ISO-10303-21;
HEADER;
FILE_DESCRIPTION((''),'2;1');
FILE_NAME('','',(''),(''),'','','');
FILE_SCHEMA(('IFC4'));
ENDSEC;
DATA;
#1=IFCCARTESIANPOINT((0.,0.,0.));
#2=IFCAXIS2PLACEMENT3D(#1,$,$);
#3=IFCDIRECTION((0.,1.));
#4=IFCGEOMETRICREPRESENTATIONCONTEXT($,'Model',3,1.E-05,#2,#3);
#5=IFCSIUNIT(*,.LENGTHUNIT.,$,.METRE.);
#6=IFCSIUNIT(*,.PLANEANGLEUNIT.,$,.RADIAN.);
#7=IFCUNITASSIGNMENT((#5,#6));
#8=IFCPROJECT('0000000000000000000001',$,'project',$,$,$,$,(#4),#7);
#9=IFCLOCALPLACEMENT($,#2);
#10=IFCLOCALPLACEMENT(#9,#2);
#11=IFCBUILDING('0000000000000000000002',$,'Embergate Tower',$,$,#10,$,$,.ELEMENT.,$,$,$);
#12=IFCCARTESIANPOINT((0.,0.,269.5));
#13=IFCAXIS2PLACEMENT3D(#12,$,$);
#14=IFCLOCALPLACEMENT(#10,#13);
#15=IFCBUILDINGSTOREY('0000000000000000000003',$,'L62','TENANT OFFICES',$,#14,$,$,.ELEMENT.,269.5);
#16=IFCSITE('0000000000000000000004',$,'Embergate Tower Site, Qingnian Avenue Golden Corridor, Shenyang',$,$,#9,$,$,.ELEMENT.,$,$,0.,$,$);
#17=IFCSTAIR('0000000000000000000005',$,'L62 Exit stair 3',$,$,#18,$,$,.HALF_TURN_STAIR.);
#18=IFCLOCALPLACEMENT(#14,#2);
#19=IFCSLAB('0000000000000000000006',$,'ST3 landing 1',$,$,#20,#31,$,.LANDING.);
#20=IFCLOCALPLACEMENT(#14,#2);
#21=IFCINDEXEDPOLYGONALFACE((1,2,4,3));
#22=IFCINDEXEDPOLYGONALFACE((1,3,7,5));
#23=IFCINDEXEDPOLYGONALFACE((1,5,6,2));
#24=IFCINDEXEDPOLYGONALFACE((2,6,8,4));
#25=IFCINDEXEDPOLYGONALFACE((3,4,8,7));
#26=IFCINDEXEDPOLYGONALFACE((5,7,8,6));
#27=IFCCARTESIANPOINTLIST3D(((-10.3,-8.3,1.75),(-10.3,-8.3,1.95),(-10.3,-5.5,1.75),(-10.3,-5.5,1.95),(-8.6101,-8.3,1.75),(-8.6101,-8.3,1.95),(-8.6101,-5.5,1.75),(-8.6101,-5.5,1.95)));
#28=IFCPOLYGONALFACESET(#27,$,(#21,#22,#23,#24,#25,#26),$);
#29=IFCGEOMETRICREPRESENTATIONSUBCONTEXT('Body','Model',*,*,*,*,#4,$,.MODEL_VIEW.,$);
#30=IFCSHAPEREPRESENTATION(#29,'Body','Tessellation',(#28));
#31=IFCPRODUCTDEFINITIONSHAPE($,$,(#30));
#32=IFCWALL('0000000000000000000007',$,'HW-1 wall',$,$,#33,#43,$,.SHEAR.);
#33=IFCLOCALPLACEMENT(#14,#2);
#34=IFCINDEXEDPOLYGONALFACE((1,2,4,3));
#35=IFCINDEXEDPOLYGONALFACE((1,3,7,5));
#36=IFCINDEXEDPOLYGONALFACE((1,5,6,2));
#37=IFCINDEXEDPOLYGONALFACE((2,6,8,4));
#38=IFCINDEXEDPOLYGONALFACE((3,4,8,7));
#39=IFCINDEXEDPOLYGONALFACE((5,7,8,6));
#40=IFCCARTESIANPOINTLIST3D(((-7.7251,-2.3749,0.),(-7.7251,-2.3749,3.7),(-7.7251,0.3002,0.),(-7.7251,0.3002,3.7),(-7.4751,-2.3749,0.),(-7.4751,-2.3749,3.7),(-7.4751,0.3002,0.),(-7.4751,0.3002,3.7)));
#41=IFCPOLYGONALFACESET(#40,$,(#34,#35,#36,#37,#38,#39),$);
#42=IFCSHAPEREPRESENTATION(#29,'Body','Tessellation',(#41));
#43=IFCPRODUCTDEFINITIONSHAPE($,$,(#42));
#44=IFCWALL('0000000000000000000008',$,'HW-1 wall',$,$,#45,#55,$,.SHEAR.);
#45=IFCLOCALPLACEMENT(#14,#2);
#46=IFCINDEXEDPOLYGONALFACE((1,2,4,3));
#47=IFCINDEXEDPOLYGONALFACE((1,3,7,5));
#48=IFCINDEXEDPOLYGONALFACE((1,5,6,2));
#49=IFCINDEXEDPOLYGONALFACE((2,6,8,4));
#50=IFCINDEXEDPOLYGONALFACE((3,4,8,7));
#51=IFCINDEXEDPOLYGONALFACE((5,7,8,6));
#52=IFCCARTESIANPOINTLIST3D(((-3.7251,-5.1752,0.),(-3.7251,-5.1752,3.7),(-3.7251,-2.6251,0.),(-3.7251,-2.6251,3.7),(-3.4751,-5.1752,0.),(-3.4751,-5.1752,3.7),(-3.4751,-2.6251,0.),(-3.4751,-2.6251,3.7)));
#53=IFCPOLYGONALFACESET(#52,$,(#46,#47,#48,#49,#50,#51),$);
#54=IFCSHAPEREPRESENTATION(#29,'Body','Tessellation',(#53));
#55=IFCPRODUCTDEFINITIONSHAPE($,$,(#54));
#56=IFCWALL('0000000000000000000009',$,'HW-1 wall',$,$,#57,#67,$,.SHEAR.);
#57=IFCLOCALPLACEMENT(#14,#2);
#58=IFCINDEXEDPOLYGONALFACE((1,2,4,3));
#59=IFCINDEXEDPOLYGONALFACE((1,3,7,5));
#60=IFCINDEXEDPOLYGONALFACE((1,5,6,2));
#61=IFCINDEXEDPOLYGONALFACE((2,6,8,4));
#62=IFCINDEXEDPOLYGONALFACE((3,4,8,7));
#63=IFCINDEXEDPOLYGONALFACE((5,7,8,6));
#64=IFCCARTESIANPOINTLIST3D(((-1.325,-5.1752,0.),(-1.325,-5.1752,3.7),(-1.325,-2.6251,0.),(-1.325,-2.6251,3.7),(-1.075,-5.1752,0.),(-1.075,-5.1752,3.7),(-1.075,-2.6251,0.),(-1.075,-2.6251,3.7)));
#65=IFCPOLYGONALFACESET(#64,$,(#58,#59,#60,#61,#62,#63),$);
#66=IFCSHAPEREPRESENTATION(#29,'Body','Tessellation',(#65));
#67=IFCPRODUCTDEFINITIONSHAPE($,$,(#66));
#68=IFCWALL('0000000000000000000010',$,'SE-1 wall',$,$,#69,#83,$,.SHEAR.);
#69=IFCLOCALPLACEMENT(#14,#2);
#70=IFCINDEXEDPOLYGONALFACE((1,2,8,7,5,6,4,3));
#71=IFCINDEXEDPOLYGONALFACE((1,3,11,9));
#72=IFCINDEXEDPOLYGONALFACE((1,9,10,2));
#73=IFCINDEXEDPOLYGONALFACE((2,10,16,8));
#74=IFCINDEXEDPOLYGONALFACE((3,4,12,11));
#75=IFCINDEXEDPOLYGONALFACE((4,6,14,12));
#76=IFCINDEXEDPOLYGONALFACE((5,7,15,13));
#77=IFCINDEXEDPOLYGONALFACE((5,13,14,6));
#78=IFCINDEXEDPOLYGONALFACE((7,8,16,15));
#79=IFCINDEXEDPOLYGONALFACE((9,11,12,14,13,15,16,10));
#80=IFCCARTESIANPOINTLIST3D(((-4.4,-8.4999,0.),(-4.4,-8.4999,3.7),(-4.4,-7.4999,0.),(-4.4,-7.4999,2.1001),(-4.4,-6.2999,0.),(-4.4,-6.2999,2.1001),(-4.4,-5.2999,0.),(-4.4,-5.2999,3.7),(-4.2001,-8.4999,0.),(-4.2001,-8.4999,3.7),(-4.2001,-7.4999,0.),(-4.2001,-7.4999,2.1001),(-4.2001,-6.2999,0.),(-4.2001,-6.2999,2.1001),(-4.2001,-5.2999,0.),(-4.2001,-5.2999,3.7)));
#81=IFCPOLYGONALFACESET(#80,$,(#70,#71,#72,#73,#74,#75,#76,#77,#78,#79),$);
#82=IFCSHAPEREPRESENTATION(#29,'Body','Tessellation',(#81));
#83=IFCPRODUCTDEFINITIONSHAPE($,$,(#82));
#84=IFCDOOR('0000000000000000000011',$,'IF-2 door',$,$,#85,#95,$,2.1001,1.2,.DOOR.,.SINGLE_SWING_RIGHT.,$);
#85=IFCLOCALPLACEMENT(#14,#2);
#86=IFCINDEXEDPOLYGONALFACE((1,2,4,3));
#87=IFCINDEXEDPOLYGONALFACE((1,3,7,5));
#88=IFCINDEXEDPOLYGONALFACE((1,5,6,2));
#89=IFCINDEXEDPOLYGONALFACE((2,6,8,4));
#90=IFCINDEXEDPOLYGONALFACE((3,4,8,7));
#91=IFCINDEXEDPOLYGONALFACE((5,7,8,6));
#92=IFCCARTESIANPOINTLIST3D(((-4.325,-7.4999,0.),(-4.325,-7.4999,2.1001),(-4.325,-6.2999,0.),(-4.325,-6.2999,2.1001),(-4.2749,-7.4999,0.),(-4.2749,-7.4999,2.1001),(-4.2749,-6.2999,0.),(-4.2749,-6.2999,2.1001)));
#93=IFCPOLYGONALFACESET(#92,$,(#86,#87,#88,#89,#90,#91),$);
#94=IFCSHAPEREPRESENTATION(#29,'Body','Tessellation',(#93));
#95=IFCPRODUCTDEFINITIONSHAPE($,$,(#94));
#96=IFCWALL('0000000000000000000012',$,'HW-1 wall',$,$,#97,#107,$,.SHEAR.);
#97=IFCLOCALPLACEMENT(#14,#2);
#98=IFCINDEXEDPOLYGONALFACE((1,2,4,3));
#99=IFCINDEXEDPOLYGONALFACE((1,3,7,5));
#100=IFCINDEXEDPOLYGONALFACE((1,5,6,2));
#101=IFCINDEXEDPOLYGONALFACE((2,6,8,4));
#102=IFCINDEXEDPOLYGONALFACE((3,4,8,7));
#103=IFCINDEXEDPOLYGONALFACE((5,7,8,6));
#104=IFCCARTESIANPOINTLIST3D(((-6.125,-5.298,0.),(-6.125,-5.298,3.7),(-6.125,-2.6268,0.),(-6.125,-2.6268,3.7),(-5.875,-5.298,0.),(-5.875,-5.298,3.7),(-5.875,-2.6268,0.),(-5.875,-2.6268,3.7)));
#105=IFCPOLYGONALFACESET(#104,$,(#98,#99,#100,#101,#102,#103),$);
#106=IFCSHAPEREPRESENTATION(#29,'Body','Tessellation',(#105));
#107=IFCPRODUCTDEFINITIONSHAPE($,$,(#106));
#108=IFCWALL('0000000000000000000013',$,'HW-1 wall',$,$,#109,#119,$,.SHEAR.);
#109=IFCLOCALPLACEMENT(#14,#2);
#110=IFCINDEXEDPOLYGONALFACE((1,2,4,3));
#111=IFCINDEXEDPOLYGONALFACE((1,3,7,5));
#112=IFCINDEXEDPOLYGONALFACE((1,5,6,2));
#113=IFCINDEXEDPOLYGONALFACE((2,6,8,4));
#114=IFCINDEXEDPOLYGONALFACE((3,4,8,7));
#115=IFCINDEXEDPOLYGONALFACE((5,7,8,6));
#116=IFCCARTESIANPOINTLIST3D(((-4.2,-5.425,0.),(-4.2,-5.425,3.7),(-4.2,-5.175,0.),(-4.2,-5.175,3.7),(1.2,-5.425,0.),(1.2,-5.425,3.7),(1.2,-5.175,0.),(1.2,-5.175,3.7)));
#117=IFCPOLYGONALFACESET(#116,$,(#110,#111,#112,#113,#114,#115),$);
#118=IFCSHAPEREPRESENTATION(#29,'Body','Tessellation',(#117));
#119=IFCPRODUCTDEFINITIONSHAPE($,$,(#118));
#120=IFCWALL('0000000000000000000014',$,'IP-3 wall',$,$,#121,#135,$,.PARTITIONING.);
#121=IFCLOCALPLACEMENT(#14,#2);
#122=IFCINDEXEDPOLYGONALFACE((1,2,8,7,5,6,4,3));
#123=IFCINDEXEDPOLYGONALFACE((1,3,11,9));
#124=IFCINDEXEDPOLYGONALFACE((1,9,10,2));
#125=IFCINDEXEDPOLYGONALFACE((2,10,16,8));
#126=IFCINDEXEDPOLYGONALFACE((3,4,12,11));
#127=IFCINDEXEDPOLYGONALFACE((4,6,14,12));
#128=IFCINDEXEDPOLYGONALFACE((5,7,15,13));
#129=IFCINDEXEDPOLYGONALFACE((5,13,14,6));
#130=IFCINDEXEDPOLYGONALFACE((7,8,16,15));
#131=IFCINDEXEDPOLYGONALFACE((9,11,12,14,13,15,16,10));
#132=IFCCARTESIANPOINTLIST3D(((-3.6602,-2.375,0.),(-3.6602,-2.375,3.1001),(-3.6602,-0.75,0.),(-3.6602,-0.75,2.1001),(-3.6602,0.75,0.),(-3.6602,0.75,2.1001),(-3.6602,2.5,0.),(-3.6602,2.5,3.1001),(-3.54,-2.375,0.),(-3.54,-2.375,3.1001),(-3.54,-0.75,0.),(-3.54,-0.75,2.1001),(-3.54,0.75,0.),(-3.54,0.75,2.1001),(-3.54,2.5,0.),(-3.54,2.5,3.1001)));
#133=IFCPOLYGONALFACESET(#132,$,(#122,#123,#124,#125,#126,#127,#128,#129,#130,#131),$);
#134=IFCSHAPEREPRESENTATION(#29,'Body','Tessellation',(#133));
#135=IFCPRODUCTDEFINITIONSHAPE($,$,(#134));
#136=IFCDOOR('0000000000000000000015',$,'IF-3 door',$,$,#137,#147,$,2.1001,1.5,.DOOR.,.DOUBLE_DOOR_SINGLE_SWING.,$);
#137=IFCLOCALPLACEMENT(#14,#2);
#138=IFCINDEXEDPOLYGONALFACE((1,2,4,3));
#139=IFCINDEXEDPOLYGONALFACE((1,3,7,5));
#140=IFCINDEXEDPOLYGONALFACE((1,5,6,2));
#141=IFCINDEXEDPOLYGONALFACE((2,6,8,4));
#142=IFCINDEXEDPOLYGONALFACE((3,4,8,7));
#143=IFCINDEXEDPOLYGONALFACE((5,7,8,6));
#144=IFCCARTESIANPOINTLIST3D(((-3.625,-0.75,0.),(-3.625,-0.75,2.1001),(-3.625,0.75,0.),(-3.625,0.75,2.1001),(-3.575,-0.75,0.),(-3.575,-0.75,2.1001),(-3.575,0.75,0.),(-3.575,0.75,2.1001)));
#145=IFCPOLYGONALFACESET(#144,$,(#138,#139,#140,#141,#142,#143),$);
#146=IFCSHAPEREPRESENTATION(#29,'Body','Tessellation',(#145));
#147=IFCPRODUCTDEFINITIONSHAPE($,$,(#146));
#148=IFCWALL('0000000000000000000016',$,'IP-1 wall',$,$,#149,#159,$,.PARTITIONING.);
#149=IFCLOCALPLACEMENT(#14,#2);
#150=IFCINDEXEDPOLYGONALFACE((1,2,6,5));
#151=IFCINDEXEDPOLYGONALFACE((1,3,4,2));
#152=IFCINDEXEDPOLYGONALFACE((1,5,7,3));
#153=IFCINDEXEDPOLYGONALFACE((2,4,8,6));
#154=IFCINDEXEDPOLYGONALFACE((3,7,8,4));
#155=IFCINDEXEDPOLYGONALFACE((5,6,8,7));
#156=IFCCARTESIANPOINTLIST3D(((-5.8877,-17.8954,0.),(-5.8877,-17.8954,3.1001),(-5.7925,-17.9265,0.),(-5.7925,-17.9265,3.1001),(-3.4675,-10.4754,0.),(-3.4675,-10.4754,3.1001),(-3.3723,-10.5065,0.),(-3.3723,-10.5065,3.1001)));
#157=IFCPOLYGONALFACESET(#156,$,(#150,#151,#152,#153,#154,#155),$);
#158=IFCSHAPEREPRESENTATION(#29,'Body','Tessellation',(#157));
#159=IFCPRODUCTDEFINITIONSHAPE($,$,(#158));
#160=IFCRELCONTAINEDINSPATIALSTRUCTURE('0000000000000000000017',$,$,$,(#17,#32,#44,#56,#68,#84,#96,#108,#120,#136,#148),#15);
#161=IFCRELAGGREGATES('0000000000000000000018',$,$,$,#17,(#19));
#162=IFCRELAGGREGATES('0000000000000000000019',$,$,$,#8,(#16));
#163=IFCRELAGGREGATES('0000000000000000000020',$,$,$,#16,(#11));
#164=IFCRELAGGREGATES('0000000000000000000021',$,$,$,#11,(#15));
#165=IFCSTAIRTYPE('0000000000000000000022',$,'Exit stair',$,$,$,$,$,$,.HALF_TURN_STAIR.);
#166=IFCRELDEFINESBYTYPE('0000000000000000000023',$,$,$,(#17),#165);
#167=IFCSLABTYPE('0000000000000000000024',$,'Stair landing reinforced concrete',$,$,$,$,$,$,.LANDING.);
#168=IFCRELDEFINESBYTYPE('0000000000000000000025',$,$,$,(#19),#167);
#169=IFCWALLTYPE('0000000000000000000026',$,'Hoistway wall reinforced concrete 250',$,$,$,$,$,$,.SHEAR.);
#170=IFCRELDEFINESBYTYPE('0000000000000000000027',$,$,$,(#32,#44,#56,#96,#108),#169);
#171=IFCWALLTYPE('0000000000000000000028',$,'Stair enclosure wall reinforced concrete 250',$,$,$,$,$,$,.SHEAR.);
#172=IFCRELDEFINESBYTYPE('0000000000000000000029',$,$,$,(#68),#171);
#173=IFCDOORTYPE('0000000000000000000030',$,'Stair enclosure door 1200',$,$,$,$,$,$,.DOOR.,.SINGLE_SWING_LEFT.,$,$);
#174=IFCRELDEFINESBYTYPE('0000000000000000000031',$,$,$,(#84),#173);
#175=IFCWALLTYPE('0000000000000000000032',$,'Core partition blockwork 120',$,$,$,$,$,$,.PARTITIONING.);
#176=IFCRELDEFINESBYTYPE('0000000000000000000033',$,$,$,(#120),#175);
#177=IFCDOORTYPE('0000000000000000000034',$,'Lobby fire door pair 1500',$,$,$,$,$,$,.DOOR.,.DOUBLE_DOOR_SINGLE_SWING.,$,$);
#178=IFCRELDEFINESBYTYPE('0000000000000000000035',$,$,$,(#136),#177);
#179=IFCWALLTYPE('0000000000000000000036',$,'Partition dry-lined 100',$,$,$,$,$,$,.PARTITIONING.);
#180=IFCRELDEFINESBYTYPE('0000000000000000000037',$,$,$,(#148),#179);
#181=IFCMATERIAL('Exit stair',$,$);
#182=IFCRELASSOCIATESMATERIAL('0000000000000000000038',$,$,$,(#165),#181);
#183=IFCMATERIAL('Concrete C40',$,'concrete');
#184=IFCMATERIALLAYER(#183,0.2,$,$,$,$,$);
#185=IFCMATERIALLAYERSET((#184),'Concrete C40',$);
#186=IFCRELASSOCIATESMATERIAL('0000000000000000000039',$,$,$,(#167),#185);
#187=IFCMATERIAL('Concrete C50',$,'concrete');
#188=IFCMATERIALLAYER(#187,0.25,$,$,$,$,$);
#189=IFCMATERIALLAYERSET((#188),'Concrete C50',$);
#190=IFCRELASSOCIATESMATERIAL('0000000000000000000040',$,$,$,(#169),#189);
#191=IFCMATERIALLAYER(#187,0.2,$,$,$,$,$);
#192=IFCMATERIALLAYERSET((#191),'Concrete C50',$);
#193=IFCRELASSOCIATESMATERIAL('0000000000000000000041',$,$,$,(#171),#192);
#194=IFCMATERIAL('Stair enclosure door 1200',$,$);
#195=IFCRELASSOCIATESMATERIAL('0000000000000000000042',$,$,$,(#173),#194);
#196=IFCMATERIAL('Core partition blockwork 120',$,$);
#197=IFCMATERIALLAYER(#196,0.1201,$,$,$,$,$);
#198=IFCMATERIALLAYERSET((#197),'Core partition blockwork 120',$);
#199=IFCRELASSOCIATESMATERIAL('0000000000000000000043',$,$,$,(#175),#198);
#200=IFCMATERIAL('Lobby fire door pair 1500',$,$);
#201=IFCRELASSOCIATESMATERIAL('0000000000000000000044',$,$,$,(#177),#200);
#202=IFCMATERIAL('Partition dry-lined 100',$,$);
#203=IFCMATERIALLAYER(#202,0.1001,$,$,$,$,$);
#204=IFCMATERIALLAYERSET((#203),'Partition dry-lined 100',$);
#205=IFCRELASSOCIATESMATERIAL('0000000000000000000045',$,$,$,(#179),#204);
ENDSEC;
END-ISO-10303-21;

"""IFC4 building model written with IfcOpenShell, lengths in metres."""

from ifc_helpers import new_model, si_unit, direction, frame, frame_2d, origin, place, context, subcontext, project, spatial, polyline, rectangle, outline, extrude, source, transform, mapped, material, layer, layer_set, type_object, element, fill, aggregate, save


model = new_model("IFC4")

# Units and contexts
model_context = context("Model", 3, precision=1e-05, world=origin(), true_north=direction((0.0, 1.0)))
body_context = subcontext(model_context, "Body", "Model", "MODEL_VIEW")
ifc_project = project(units=[si_unit("LENGTHUNIT", "METRE"), si_unit("PLANEANGLEUNIT", "RADIAN")], contexts=[model_context])

# Site, building, storey
site_placement = place(None, origin())
site = spatial("IfcSite", under=ifc_project, at=site_placement, Name="Embergate Tower Site, Qingnian Avenue Golden Corridor, Shenyang", CompositionType="ELEMENT", RefElevation=0.0)
building_placement = place(site_placement, origin())
building = spatial("IfcBuilding", under=site, at=building_placement, Name="Embergate Tower", CompositionType="ELEMENT")
storey_placement = place(building_placement, frame((0.0, 0.0, 269.5)))
storey = spatial("IfcBuildingStorey", under=building, at=storey_placement, Name="L62", Description="TENANT OFFICES", CompositionType="ELEMENT", Elevation=269.5)

# Stair, slab
ifc_material_1 = material(Name="Exit stair")
stair_type = type_object("IfcStairType", Name="Exit stair", PredefinedType="HALF_TURN_STAIR", material=ifc_material_1)
stair_placement = place(storey_placement, origin())
stair = element("IfcStair", 1, at=stair_placement, inside=storey, type_object=stair_type, Name="L62 Exit stair 3", PredefinedType="HALF_TURN_STAIR")
ifc_material_2 = material(Name="Concrete C40", Category="concrete")
ifc_layer_1 = layer(ifc_material_2, 0.2)
ifc_layer_set_1 = layer_set([ifc_layer_1], Name="Concrete C40")
slab_type = type_object("IfcSlabType", Name="Stair landing reinforced concrete", PredefinedType="LANDING", material=ifc_layer_set_1)
shared_shape_1 = source(origin(), body_context, "Body", "SweptSolid", [
    extrude(outline(polyline([(0.0, 0.0), (1.6899, 0.0), (1.6899, 2.8), (0.0, 2.8), (0.0, 0.0)])), origin(), (0.0, 0.0, 1.0), 0.2),
])
slab_placement = place(storey_placement, frame((-10.3, -8.3, 1.75)))
slab = element("IfcSlab", 2, at=slab_placement, type_object=slab_type, Name="ST3 landing 1", PredefinedType="LANDING", context=body_context, shape_type="MappedRepresentation", body=[
    mapped(shared_shape_1, transform((0.0, 0.0, 0.0))),
])

# Walls
ifc_material_3 = material(Name="Concrete C50", Category="concrete")
ifc_layer_2 = layer(ifc_material_3, 0.25)
ifc_layer_set_2 = layer_set([ifc_layer_2], Name="Concrete C50")
wall_type_1 = type_object("IfcWallType", Name="Hoistway wall reinforced concrete 250", PredefinedType="SHEAR", material=ifc_layer_set_2)
shared_shape_2 = source(origin(), body_context, "Body", "SweptSolid", [
    extrude(rectangle(XDim=2.675, YDim=0.25, at=frame_2d((1.3374, 0.0))), origin(), (0.0, 0.0, 1.0), 3.7),
])
wall_1_placement = place(storey_placement, frame((-7.6001, 0.3, 0.0), z_axis=(0.0, 0.0, 1.0), x_axis=(0.0, -1.0, 0.0)))
element("IfcWall", 3, at=wall_1_placement, inside=storey, type_object=wall_type_1, Name="HW-1 wall", PredefinedType="SHEAR", context=body_context, shape_type="MappedRepresentation", body=[
    mapped(shared_shape_2, transform((0.0, 0.0, 0.0))),
])
shared_shape_3 = source(origin(), body_context, "Body", "SweptSolid", [
    extrude(rectangle(XDim=2.55, YDim=0.25, at=frame_2d((1.2749, 0.0))), origin(), (0.0, 0.0, 1.0), 3.7),
])
for number, where, z_axis, x_axis, name in (
    (4, (-3.6001, -5.175, 0.0), (0.0, 0.0, 1.0), (0.0, 1.0, 0.0), "HW-1 wall"),
    (5, (-1.2, -5.175, 0.0), (0.0, 0.0, 1.0), (0.0, 1.0, 0.0), "HW-1 wall"),
):
    element("IfcWall", number, at=place(storey_placement, frame(where, z_axis=z_axis, x_axis=x_axis)), inside=storey, type_object=wall_type_1, Name=name, PredefinedType="SHEAR", context=body_context, shape_type="MappedRepresentation", body=[
        mapped(shared_shape_3, transform((0.0, 0.0, 0.0))),
    ])

# Wall, opening, door
ifc_layer_3 = layer(ifc_material_3, 0.2)
ifc_layer_set_3 = layer_set([ifc_layer_3], Name="Concrete C50")
wall_type_2 = type_object("IfcWallType", Name="Stair enclosure wall reinforced concrete 250", PredefinedType="SHEAR", material=ifc_layer_set_3)
shared_shape_4 = source(origin(), body_context, "Body", "SweptSolid", [
    extrude(rectangle(XDim=3.2, YDim=0.2, at=frame_2d((1.6001, 0.0))), origin(), (0.0, 0.0, 1.0), 3.7),
])
wall_2_placement = place(storey_placement, frame((-4.3, -8.5, 0.0), z_axis=(0.0, 0.0, 1.0), x_axis=(0.0, 1.0, 0.0)))
wall_2 = element("IfcWall", 6, at=wall_2_placement, inside=storey, type_object=wall_type_2, Name="SE-1 wall", PredefinedType="SHEAR", context=body_context, shape_type="MappedRepresentation", body=[
    mapped(shared_shape_4, transform((0.0, 0.0, 0.0))),
])
shared_shape_5 = source(origin(), body_context, "Body", "SweptSolid", [
    extrude(rectangle(XDim=1.2, YDim=2.1001, at=frame_2d((0.6001, 1.05))), frame((0.0, 0.1099, 0.0), z_axis=(0.0, -1.0, 0.0), x_axis=(1.0, 0.0, 0.0)), (0.0, 0.0, 1.0), 0.22),
])
opening_1_placement = place(wall_2_placement, frame((1.0, 0.0, 0.0)))
opening_1 = element("IfcOpeningElement", 7, at=opening_1_placement, cuts=wall_2, PredefinedType="OPENING", context=body_context, shape_type="MappedRepresentation", body=[
    mapped(shared_shape_5, transform((0.0, 0.0, 0.0))),
])
ifc_material_4 = material(Name="Stair enclosure door 1200")
door_type_1 = type_object("IfcDoorType", Name="Stair enclosure door 1200", OperationType="SINGLE_SWING_LEFT", PredefinedType="DOOR", material=ifc_material_4)
shared_shape_6 = source(origin(), body_context, "Body", "SweptSolid", [
    extrude(rectangle(XDim=1.2, YDim=2.1001, at=frame_2d((0.6001, 1.05))), frame((0.0, 0.0249, 0.0), z_axis=(0.0, -1.0, 0.0), x_axis=(1.0, 0.0, 0.0)), (0.0, 0.0, 1.0), 0.05),
])
door_1_placement = place(opening_1_placement, origin())
door_1 = element("IfcDoor", 8, at=door_1_placement, inside=storey, type_object=door_type_1, Name="IF-2 door", OperationType="SINGLE_SWING_RIGHT", OverallHeight=2.1001, OverallWidth=1.2, PredefinedType="DOOR", context=body_context, shape_type="MappedRepresentation", body=[
    mapped(shared_shape_6, transform((0.0, 0.0, 0.0))),
])
fill(opening_1, door_1)

# Walls
shared_shape_7 = source(origin(), body_context, "Body", "SweptSolid", [
    extrude(rectangle(XDim=2.6711, YDim=0.25, at=frame_2d((1.3354, 0.0))), origin(), (0.0, 0.0, 1.0), 3.7),
])
wall_3_placement = place(storey_placement, frame((-6.0, -2.627, 0.0), z_axis=(0.0, 0.0, 1.0), x_axis=(0.0, -1.0, 0.0)))
element("IfcWall", 9, at=wall_3_placement, inside=storey, type_object=wall_type_1, Name="HW-1 wall", PredefinedType="SHEAR", context=body_context, shape_type="MappedRepresentation", body=[
    mapped(shared_shape_7, transform((0.0, 0.0, 0.0))),
])
shared_shape_8 = source(origin(), body_context, "Body", "SweptSolid", [
    extrude(rectangle(XDim=5.3999, YDim=0.25, at=frame_2d((2.7, 0.0))), origin(), (0.0, 0.0, 1.0), 3.7),
])
wall_4_placement = place(storey_placement, frame((-4.2, -5.3, 0.0), z_axis=(0.0, 0.0, 1.0), x_axis=(1.0, 0.0, 0.0)))
element("IfcWall", 10, at=wall_4_placement, inside=storey, type_object=wall_type_1, Name="HW-1 wall", PredefinedType="SHEAR", context=body_context, shape_type="MappedRepresentation", body=[
    mapped(shared_shape_8, transform((0.0, 0.0, 0.0))),
])

# Wall, opening, door
ifc_material_5 = material(Name="Core partition blockwork 120")
ifc_layer_4 = layer(ifc_material_5, 0.1201)
ifc_layer_set_4 = layer_set([ifc_layer_4], Name="Core partition blockwork 120")
wall_type_3 = type_object("IfcWallType", Name="Core partition blockwork 120", PredefinedType="PARTITIONING", material=ifc_layer_set_4)
shared_shape_9 = source(origin(), body_context, "Body", "SweptSolid", [
    extrude(rectangle(XDim=4.875, YDim=0.1201, at=frame_2d((2.4375, 0.0))), origin(), (0.0, 0.0, 1.0), 3.1001),
])
wall_5_placement = place(storey_placement, frame((-3.6001, -2.375, 0.0), z_axis=(0.0, 0.0, 1.0), x_axis=(0.0, 1.0, 0.0)))
wall_5 = element("IfcWall", 11, at=wall_5_placement, inside=storey, type_object=wall_type_3, Name="IP-3 wall", PredefinedType="PARTITIONING", context=body_context, shape_type="MappedRepresentation", body=[
    mapped(shared_shape_9, transform((0.0, 0.0, 0.0))),
])
shared_shape_10 = source(origin(), body_context, "Body", "SweptSolid", [
    extrude(rectangle(XDim=1.5, YDim=2.1001, at=frame_2d((0.75, 1.05))), frame((0.0, 0.0701, 0.0), z_axis=(0.0, -1.0, 0.0), x_axis=(1.0, 0.0, 0.0)), (0.0, 0.0, 1.0), 0.1401),
])
opening_2_placement = place(wall_5_placement, frame((1.625, 0.0, 0.0)))
opening_2 = element("IfcOpeningElement", 12, at=opening_2_placement, cuts=wall_5, PredefinedType="OPENING", context=body_context, shape_type="MappedRepresentation", body=[
    mapped(shared_shape_10, transform((0.0, 0.0, 0.0))),
])
ifc_material_6 = material(Name="Lobby fire door pair 1500")
door_type_2 = type_object("IfcDoorType", Name="Lobby fire door pair 1500", OperationType="DOUBLE_DOOR_SINGLE_SWING", PredefinedType="DOOR", material=ifc_material_6)
shared_shape_11 = source(origin(), body_context, "Body", "SweptSolid", [
    extrude(rectangle(XDim=1.5, YDim=2.1001, at=frame_2d((0.75, 1.05))), frame((0.0, 0.0249, 0.0), z_axis=(0.0, -1.0, 0.0), x_axis=(1.0, 0.0, 0.0)), (0.0, 0.0, 1.0), 0.05),
])
door_2_placement = place(opening_2_placement, origin())
door_2 = element("IfcDoor", 13, at=door_2_placement, inside=storey, type_object=door_type_2, Name="IF-3 door", OperationType="DOUBLE_DOOR_SINGLE_SWING", OverallHeight=2.1001, OverallWidth=1.5, PredefinedType="DOOR", context=body_context, shape_type="MappedRepresentation", body=[
    mapped(shared_shape_11, transform((0.0, 0.0, 0.0))),
])
fill(opening_2, door_2)

# Wall
ifc_material_7 = material(Name="Partition dry-lined 100")
ifc_layer_5 = layer(ifc_material_7, 0.1001)
ifc_layer_set_5 = layer_set([ifc_layer_5], Name="Partition dry-lined 100")
wall_type_4 = type_object("IfcWallType", Name="Partition dry-lined 100", PredefinedType="PARTITIONING", material=ifc_layer_set_5)
shared_shape_12 = source(origin(), body_context, "Body", "SweptSolid", [
    extrude(rectangle(XDim=7.8047, YDim=0.1001, at=frame_2d((3.9023, 0.0))), origin(), (0.0, 0.0, 1.0), 3.1001),
])
wall_6_placement = place(storey_placement, frame((-3.4199, -10.491, 0.0), z_axis=(0.0, 0.0, 1.0), x_axis=(-0.310093, -0.950706, 0.0)))
element("IfcWall", 14, at=wall_6_placement, inside=storey, type_object=wall_type_4, Name="IP-1 wall", PredefinedType="PARTITIONING", context=body_context, shape_type="MappedRepresentation", body=[
    mapped(shared_shape_12, transform((0.0, 0.0, 0.0))),
])

aggregate(stair, [slab])

save(model, "model.ifc")
